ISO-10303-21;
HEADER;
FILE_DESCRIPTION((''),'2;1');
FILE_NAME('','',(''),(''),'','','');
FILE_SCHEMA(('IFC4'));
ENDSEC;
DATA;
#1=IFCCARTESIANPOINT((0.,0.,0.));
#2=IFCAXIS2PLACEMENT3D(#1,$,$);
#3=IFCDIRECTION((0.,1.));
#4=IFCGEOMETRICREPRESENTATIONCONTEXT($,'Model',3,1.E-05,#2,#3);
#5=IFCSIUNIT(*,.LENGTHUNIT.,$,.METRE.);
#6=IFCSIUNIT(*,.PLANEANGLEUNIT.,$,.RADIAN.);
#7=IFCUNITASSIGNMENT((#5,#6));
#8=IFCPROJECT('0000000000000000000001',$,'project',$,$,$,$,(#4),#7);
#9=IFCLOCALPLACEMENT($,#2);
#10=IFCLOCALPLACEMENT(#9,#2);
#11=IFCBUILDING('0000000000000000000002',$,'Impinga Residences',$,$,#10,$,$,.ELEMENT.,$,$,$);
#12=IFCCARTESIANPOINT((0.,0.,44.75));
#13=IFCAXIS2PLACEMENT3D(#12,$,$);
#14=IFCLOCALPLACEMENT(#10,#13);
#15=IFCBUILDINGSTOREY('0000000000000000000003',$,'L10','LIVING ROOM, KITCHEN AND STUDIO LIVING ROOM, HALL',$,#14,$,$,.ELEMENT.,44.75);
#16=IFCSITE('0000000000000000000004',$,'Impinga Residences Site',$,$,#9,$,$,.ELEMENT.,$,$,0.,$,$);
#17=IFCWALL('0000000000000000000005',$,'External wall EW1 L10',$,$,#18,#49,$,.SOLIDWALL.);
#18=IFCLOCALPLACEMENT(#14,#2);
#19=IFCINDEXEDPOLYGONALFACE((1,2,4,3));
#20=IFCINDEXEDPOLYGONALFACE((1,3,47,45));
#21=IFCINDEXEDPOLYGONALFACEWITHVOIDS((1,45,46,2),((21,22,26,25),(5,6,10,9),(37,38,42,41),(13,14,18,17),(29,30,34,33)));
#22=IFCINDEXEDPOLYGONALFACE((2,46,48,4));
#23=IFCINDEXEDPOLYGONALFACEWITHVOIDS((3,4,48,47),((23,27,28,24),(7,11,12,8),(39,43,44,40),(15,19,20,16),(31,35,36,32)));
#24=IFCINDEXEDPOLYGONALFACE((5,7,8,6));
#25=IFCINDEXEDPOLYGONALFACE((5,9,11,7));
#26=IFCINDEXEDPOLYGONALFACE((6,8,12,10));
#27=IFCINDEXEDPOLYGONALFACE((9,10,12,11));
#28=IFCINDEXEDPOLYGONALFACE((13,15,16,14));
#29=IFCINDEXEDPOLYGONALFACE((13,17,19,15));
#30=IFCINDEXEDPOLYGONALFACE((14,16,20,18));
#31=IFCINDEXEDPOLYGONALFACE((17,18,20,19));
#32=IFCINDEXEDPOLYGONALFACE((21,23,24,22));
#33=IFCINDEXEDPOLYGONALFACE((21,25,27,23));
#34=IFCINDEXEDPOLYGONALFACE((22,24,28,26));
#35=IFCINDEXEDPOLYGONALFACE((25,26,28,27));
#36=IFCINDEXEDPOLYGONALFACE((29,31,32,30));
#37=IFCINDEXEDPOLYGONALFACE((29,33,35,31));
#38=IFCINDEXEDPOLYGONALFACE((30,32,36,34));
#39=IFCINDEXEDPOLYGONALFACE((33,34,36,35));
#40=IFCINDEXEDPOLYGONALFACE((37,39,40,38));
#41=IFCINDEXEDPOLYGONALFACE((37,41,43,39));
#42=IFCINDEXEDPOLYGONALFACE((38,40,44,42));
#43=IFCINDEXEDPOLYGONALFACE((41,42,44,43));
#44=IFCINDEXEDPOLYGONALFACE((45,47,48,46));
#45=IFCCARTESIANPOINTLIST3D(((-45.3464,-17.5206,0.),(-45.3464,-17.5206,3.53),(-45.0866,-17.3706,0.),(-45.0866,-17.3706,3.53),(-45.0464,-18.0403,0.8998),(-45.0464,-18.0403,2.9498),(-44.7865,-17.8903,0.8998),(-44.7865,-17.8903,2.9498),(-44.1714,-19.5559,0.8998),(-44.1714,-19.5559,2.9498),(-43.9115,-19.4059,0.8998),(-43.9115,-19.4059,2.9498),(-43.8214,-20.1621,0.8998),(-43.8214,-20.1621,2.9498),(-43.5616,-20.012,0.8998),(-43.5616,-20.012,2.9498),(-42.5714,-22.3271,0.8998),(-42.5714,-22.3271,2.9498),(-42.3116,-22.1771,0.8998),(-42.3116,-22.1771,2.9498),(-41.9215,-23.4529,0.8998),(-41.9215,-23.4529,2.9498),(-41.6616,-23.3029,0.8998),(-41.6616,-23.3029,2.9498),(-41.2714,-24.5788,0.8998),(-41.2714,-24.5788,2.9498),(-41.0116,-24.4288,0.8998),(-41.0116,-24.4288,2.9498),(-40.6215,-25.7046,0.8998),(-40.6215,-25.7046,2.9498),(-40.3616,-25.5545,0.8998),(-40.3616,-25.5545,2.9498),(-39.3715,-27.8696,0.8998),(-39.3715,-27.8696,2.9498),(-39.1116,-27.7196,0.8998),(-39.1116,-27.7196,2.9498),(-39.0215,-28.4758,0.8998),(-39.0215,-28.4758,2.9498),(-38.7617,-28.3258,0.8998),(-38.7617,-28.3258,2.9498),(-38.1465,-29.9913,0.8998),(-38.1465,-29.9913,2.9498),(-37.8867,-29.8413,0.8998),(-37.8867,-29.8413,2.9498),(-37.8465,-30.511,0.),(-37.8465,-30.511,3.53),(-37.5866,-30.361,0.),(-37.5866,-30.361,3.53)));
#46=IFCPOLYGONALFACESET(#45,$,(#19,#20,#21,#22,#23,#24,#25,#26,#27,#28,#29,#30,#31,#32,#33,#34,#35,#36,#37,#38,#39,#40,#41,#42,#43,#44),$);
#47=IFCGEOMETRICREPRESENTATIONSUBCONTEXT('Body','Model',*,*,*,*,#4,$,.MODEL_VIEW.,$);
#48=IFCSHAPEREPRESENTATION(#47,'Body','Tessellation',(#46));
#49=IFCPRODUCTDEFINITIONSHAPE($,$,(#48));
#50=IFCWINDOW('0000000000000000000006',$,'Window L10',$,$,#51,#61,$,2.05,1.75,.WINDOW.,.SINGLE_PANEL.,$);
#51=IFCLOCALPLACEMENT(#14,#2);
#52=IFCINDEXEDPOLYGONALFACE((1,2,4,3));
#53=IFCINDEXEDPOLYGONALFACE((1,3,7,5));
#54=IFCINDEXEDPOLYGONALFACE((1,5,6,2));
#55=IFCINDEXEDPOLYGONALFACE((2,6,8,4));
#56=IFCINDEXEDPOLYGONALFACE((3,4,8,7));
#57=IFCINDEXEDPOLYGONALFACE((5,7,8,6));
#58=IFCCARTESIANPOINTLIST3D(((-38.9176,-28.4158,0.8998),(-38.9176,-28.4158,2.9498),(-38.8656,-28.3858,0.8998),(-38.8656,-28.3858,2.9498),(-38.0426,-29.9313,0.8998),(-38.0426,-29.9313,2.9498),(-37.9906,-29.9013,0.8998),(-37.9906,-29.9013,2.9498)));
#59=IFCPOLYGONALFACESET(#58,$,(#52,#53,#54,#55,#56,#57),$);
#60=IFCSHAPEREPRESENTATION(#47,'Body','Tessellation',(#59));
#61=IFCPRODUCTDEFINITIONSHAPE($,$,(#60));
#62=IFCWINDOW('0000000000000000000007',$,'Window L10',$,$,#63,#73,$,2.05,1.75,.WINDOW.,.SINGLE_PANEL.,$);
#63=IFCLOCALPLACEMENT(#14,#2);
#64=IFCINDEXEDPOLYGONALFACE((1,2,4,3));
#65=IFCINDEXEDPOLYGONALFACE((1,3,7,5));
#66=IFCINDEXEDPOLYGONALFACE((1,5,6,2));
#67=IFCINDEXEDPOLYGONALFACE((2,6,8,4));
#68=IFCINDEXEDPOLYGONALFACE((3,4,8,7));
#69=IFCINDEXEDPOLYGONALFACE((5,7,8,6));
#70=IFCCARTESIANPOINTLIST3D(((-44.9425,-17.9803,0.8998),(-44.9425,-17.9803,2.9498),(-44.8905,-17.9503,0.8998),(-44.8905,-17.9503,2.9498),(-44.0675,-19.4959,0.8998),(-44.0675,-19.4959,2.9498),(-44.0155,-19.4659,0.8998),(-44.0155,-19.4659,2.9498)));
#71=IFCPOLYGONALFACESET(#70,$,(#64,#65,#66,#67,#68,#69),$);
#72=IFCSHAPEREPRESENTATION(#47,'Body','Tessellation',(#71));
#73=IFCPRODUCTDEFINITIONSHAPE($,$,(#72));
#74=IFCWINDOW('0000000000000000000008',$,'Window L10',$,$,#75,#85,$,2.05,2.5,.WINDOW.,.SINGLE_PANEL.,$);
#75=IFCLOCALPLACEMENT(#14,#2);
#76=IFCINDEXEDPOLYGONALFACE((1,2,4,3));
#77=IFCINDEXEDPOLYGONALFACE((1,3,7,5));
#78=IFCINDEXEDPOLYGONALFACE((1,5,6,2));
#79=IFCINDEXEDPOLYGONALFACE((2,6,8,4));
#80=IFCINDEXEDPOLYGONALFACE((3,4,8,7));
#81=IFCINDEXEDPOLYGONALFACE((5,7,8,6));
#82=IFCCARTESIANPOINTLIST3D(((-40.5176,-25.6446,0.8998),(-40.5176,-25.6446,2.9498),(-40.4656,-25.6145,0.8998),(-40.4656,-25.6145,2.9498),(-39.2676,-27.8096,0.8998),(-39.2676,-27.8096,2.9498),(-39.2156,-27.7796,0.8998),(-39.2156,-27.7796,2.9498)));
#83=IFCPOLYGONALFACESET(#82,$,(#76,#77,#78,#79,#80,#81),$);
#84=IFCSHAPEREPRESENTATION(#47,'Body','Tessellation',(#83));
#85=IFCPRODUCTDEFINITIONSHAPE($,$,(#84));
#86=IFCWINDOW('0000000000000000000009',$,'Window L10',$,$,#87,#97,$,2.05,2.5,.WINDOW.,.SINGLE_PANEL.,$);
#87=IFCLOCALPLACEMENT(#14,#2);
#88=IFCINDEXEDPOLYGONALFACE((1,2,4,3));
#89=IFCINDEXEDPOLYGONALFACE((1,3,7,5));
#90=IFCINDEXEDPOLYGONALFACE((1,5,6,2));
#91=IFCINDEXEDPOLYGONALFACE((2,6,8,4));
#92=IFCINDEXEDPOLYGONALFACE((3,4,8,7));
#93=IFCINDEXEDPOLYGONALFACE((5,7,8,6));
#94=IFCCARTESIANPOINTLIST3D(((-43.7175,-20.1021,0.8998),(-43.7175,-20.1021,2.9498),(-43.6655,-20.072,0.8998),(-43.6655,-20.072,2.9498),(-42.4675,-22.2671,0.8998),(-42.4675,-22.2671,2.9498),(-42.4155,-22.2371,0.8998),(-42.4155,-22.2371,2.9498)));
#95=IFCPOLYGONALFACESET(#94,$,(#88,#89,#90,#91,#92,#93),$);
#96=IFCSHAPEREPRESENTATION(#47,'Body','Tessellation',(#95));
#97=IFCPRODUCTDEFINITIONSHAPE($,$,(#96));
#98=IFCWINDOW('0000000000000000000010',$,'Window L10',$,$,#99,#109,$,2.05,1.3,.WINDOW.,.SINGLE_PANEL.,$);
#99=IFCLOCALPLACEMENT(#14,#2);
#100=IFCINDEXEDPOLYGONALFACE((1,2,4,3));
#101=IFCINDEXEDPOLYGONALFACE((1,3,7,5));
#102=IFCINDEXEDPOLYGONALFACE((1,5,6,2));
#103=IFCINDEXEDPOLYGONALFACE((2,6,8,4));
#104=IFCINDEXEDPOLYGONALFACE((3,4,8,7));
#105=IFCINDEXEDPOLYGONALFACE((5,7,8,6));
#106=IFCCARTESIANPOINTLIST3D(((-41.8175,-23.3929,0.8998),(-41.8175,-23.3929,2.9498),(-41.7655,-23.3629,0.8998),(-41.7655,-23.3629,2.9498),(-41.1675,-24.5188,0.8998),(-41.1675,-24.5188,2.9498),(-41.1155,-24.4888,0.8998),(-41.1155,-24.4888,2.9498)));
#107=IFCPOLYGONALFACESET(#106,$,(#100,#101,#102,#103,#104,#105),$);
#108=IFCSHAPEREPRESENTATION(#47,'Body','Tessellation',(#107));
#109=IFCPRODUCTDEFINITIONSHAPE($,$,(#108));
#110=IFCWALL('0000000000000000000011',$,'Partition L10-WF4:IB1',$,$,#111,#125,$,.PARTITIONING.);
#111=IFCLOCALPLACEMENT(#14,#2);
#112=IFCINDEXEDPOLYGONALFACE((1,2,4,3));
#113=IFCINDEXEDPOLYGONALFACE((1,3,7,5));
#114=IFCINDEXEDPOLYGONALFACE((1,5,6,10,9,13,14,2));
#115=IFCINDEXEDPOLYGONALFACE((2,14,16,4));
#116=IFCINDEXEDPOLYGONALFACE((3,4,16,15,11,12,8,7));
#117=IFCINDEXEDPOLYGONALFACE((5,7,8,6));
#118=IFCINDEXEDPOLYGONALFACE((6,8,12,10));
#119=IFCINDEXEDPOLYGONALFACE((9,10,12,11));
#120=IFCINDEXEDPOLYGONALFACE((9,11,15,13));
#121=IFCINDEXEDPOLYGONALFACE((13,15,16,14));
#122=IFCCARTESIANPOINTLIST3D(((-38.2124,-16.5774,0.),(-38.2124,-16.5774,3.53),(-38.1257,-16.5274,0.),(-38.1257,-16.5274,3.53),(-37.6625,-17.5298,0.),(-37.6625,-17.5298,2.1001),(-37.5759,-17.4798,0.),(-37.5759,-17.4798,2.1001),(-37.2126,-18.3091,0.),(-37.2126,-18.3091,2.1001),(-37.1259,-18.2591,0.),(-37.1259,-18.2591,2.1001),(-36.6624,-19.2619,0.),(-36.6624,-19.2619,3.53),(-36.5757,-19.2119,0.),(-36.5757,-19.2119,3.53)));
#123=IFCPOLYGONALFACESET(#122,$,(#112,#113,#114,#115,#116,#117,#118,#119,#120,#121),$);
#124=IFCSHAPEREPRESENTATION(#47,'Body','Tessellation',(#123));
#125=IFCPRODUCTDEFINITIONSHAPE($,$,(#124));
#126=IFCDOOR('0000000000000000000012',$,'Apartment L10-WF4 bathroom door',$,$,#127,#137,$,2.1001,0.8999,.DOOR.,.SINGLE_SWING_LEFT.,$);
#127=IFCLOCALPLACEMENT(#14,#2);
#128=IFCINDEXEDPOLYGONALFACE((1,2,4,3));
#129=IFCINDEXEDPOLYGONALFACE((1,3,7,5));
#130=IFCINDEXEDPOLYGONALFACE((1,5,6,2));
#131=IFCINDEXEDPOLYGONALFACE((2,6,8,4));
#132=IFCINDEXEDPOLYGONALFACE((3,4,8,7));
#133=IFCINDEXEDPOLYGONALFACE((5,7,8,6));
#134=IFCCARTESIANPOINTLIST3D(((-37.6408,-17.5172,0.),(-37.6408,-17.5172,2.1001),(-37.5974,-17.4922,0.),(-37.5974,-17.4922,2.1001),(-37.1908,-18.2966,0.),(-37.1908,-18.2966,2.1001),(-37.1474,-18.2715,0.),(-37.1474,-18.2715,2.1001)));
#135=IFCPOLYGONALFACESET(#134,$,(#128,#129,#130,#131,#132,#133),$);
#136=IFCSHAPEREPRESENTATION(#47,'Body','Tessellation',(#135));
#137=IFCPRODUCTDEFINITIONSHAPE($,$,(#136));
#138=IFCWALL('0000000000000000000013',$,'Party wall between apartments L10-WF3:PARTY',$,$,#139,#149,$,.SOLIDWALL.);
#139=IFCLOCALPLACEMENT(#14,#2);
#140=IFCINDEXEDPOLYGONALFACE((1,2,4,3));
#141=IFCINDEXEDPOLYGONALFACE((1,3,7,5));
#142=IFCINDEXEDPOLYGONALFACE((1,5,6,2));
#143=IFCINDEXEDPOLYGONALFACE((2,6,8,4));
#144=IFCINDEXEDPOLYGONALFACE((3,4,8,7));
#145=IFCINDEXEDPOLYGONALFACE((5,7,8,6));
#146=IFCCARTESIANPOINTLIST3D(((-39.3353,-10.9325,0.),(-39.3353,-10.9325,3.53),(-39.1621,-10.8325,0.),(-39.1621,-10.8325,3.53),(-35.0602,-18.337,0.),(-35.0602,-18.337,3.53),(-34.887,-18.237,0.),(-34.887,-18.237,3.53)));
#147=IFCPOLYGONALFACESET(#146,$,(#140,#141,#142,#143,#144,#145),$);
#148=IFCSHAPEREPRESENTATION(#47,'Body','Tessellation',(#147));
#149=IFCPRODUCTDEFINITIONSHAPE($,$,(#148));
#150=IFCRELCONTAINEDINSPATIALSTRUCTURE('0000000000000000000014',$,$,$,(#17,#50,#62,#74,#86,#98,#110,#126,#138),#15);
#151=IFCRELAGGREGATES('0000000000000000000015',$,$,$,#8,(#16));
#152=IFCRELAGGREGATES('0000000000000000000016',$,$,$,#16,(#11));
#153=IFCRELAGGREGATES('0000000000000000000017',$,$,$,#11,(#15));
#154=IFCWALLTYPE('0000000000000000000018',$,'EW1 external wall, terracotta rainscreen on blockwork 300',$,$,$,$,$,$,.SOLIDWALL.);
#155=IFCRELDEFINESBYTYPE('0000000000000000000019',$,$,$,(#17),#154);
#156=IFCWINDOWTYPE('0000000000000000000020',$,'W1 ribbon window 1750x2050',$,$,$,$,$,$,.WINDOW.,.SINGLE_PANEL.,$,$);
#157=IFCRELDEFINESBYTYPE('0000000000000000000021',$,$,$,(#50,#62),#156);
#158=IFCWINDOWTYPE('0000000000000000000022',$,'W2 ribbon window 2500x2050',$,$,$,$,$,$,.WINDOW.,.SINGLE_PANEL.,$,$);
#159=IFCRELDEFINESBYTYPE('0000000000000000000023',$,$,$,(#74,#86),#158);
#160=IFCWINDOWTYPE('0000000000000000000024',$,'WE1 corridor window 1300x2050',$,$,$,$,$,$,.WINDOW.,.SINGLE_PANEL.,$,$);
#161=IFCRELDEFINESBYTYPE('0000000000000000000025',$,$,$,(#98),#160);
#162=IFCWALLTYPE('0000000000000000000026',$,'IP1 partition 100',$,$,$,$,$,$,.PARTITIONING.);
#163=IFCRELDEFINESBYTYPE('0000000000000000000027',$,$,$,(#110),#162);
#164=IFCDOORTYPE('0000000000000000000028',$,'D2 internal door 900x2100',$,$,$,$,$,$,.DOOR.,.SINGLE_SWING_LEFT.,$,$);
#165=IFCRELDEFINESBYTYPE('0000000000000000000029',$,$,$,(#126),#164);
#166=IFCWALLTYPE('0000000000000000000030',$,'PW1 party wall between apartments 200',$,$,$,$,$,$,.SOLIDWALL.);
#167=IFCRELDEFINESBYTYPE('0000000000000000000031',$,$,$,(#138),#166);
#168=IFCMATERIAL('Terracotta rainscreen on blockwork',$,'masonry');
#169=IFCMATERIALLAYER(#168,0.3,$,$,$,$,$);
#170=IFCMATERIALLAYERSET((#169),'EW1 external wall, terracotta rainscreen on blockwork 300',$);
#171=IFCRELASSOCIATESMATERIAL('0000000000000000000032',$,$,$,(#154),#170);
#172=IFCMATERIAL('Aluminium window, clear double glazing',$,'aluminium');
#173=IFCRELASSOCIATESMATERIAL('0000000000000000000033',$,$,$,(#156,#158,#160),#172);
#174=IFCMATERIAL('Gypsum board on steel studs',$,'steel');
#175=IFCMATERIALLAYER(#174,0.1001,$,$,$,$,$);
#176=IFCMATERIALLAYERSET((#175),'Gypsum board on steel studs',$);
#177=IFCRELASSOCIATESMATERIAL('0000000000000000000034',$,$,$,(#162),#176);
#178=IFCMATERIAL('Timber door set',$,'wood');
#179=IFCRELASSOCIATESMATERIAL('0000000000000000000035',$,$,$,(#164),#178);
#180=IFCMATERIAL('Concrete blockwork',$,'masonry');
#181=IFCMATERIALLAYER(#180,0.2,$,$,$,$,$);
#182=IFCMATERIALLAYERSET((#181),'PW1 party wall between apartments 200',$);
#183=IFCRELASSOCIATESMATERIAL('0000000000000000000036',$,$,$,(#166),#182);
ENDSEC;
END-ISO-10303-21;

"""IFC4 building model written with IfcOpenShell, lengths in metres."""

from ifc_helpers import new_model, si_unit, direction, frame, frame_2d, origin, place, context, subcontext, project, spatial, rectangle, extrude, material, layer, layer_set, type_object, element, fill, save


model = new_model("IFC4")

# Units and contexts
model_context = context("Model", 3, precision=1e-05, world=origin(), true_north=direction((0.0, 1.0)))
body_context = subcontext(model_context, "Body", "Model", "MODEL_VIEW")
ifc_project = project(units=[si_unit("LENGTHUNIT", "METRE"), si_unit("PLANEANGLEUNIT", "RADIAN")], contexts=[model_context])

# Site, building, storey
site_placement = place(None, origin())
site = spatial("IfcSite", under=ifc_project, at=site_placement, Name="Impinga Residences Site", CompositionType="ELEMENT", RefElevation=0.0)
building_placement = place(site_placement, origin())
building = spatial("IfcBuilding", under=site, at=building_placement, Name="Impinga Residences", CompositionType="ELEMENT")
storey_placement = place(building_placement, frame((0.0, 0.0, 44.75)))
storey = spatial("IfcBuildingStorey", under=building, at=storey_placement, Name="L10", Description="LIVING ROOM, KITCHEN AND STUDIO LIVING ROOM, HALL", CompositionType="ELEMENT", Elevation=44.75)

# Shared definitions
ifc_material_1 = material(Name="Terracotta rainscreen on blockwork", Category="masonry")
ifc_layer_1 = layer(ifc_material_1, 0.3)
ifc_layer_set_1 = layer_set([ifc_layer_1], Name="EW1 external wall, terracotta rainscreen on blockwork 300")
wall_type_1 = type_object("IfcWallType", Name="EW1 external wall, terracotta rainscreen on blockwork 300", PredefinedType="SOLIDWALL", material=ifc_layer_set_1)

# Wall, openings, windows
wall_1_placement = place(storey_placement, frame((-37.7166, -30.436, 0.0), z_axis=(0.0, 0.0, 1.0), x_axis=(-0.499997, 0.866027, 0.0)))
wall_1 = element("IfcWall", 1, at=wall_1_placement, inside=storey, type_object=wall_type_1, Name="External wall EW1 L10", PredefinedType="SOLIDWALL", context=body_context, shape_type="SweptSolid", body=[
    extrude(rectangle(XDim=15.0, YDim=0.3, at=frame_2d((7.5, 0.0))), origin(), (0.0, 0.0, 1.0), 3.53),
])
opening_1_placement = place(wall_1_placement, frame((0.6001, 0.0, 0.8999)))
opening_1 = element("IfcOpeningElement", 2, at=opening_1_placement, cuts=wall_1, PredefinedType="OPENING", context=body_context, shape_type="SweptSolid", body=[
    extrude(rectangle(XDim=1.75, YDim=2.05, at=frame_2d((0.875, 1.0249))), frame((0.0, 0.1599, 0.0), z_axis=(0.0, -1.0, 0.0), x_axis=(1.0, 0.0, 0.0)), (0.0, 0.0, 1.0), 0.3201),
])
opening_2_placement = place(wall_1_placement, frame((3.05, 0.0, 0.8999)))
opening_2 = element("IfcOpeningElement", 3, at=opening_2_placement, cuts=wall_1, PredefinedType="OPENING", context=body_context, shape_type="SweptSolid", body=[
    extrude(rectangle(XDim=2.5, YDim=2.05, at=frame_2d((1.25, 1.0249))), frame((0.0, 0.1599, 0.0), z_axis=(0.0, -1.0, 0.0), x_axis=(1.0, 0.0, 0.0)), (0.0, 0.0, 1.0), 0.3201),
])
opening_3_placement = place(wall_1_placement, frame((6.8501, 0.0, 0.8999)))
opening_3 = element("IfcOpeningElement", 4, at=opening_3_placement, cuts=wall_1, PredefinedType="OPENING", context=body_context, shape_type="SweptSolid", body=[
    extrude(rectangle(XDim=1.3, YDim=2.05, at=frame_2d((0.6499, 1.0249))), frame((0.0, 0.1599, 0.0), z_axis=(0.0, -1.0, 0.0), x_axis=(1.0, 0.0, 0.0)), (0.0, 0.0, 1.0), 0.3201),
])
opening_4_placement = place(wall_1_placement, frame((9.45, 0.0, 0.8999)))
opening_4 = element("IfcOpeningElement", 5, at=opening_4_placement, cuts=wall_1, PredefinedType="OPENING", context=body_context, shape_type="SweptSolid", body=[
    extrude(rectangle(XDim=2.5, YDim=2.05, at=frame_2d((1.25, 1.0249))), frame((0.0, 0.1599, 0.0), z_axis=(0.0, -1.0, 0.0), x_axis=(1.0, 0.0, 0.0)), (0.0, 0.0, 1.0), 0.3201),
])
opening_5_placement = place(wall_1_placement, frame((12.6499, 0.0, 0.8999)))
opening_5 = element("IfcOpeningElement", 6, at=opening_5_placement, cuts=wall_1, PredefinedType="OPENING", context=body_context, shape_type="SweptSolid", body=[
    extrude(rectangle(XDim=1.75, YDim=2.05, at=frame_2d((0.875, 1.0249))), frame((0.0, 0.1599, 0.0), z_axis=(0.0, -1.0, 0.0), x_axis=(1.0, 0.0, 0.0)), (0.0, 0.0, 1.0), 0.3201),
])
ifc_material_2 = material(Name="Aluminium window, clear double glazing", Category="aluminium")
window_type_1 = type_object("IfcWindowType", Name="W1 ribbon window 1750x2050", PartitioningType="SINGLE_PANEL", PredefinedType="WINDOW", material=ifc_material_2)
window_1_placement = place(opening_1_placement, origin())
window_1 = element("IfcWindow", 7, at=window_1_placement, inside=storey, type_object=window_type_1, Name="Window L10", OverallHeight=2.05, OverallWidth=1.75, PartitioningType="SINGLE_PANEL", PredefinedType="WINDOW", context=body_context, shape_type="SweptSolid", body=[
    extrude(rectangle(XDim=1.75, YDim=2.05, at=frame_2d((0.875, 1.0249))), frame((0.0, 0.03, 0.0), z_axis=(0.0, -1.0, 0.0), x_axis=(1.0, 0.0, 0.0)), (0.0, 0.0, 1.0), 0.0601),
])
fill(opening_1, window_1)
window_2_placement = place(opening_5_placement, origin())
window_2 = element("IfcWindow", 8, at=window_2_placement, inside=storey, type_object=window_type_1, Name="Window L10", OverallHeight=2.05, OverallWidth=1.75, PartitioningType="SINGLE_PANEL", PredefinedType="WINDOW", context=body_context, shape_type="SweptSolid", body=[
    extrude(rectangle(XDim=1.75, YDim=2.05, at=frame_2d((0.875, 1.0249))), frame((0.0, 0.03, 0.0), z_axis=(0.0, -1.0, 0.0), x_axis=(1.0, 0.0, 0.0)), (0.0, 0.0, 1.0), 0.0601),
])
fill(opening_5, window_2)
window_type_2 = type_object("IfcWindowType", Name="W2 ribbon window 2500x2050", PartitioningType="SINGLE_PANEL", PredefinedType="WINDOW", material=ifc_material_2)
window_3_placement = place(opening_2_placement, origin())
window_3 = element("IfcWindow", 9, at=window_3_placement, inside=storey, type_object=window_type_2, Name="Window L10", OverallHeight=2.05, OverallWidth=2.5, PartitioningType="SINGLE_PANEL", PredefinedType="WINDOW", context=body_context, shape_type="SweptSolid", body=[
    extrude(rectangle(XDim=2.5, YDim=2.05, at=frame_2d((1.25, 1.0249))), frame((0.0, 0.03, 0.0), z_axis=(0.0, -1.0, 0.0), x_axis=(1.0, 0.0, 0.0)), (0.0, 0.0, 1.0), 0.0601),
])
fill(opening_2, window_3)
window_4_placement = place(opening_4_placement, origin())
window_4 = element("IfcWindow", 10, at=window_4_placement, inside=storey, type_object=window_type_2, Name="Window L10", OverallHeight=2.05, OverallWidth=2.5, PartitioningType="SINGLE_PANEL", PredefinedType="WINDOW", context=body_context, shape_type="SweptSolid", body=[
    extrude(rectangle(XDim=2.5, YDim=2.05, at=frame_2d((1.25, 1.0249))), frame((0.0, 0.03, 0.0), z_axis=(0.0, -1.0, 0.0), x_axis=(1.0, 0.0, 0.0)), (0.0, 0.0, 1.0), 0.0601),
])
fill(opening_4, window_4)
window_type_3 = type_object("IfcWindowType", Name="WE1 corridor window 1300x2050", PartitioningType="SINGLE_PANEL", PredefinedType="WINDOW", material=ifc_material_2)
window_5_placement = place(opening_3_placement, origin())
window_5 = element("IfcWindow", 11, at=window_5_placement, inside=storey, type_object=window_type_3, Name="Window L10", OverallHeight=2.05, OverallWidth=1.3, PartitioningType="SINGLE_PANEL", PredefinedType="WINDOW", context=body_context, shape_type="SweptSolid", body=[
    extrude(rectangle(XDim=1.3, YDim=2.05, at=frame_2d((0.6499, 1.0249))), frame((0.0, 0.03, 0.0), z_axis=(0.0, -1.0, 0.0), x_axis=(1.0, 0.0, 0.0)), (0.0, 0.0, 1.0), 0.0601),
])
fill(opening_3, window_5)

# Wall, opening, door
ifc_material_3 = material(Name="Gypsum board on steel studs", Category="steel")
ifc_layer_2 = layer(ifc_material_3, 0.1001)
ifc_layer_set_2 = layer_set([ifc_layer_2], Name="Gypsum board on steel studs")
wall_type_2 = type_object("IfcWallType", Name="IP1 partition 100", PredefinedType="PARTITIONING", material=ifc_layer_set_2)
wall_2_placement = place(storey_placement, frame((-36.6191, -19.2368, 0.0), z_axis=(0.0, 0.0, 1.0), x_axis=(-0.500027, 0.86601, 0.0)))
wall_2 = element("IfcWall", 12, at=wall_2_placement, inside=storey, type_object=wall_type_2, Name="Partition L10-WF4:IB1", PredefinedType="PARTITIONING", context=body_context, shape_type="SweptSolid", body=[
    extrude(rectangle(XDim=3.0999, YDim=0.1001, at=frame_2d((1.5498, 0.0))), origin(), (0.0, 0.0, 1.0), 3.53),
])
opening_6_placement = place(wall_2_placement, frame((1.1001, 0.0, 0.0)))
opening_6 = element("IfcOpeningElement", 13, at=opening_6_placement, cuts=wall_2, PredefinedType="OPENING", context=body_context, shape_type="SweptSolid", body=[
    extrude(rectangle(XDim=0.8999, YDim=2.1001, at=frame_2d((0.45, 1.05))), frame((0.0, 0.0601, 0.0), z_axis=(0.0, -1.0, 0.0), x_axis=(1.0, 0.0, 0.0)), (0.0, 0.0, 1.0), 0.1201),
])
ifc_material_4 = material(Name="Timber door set", Category="wood")
door_type = type_object("IfcDoorType", Name="D2 internal door 900x2100", OperationType="SINGLE_SWING_LEFT", PredefinedType="DOOR", material=ifc_material_4)
door_placement = place(opening_6_placement, origin())
door = element("IfcDoor", 14, at=door_placement, inside=storey, type_object=door_type, Name="Apartment L10-WF4 bathroom door", OperationType="SINGLE_SWING_LEFT", OverallHeight=2.1001, OverallWidth=0.8999, PredefinedType="DOOR", context=body_context, shape_type="SweptSolid", body=[
    extrude(rectangle(XDim=0.8999, YDim=2.1001, at=frame_2d((0.45, 1.05))), frame((0.0, 0.0249, 0.0), z_axis=(0.0, -1.0, 0.0), x_axis=(1.0, 0.0, 0.0)), (0.0, 0.0, 1.0), 0.05),
])
fill(opening_6, door)

# Wall
ifc_material_5 = material(Name="Concrete blockwork", Category="masonry")
ifc_layer_3 = layer(ifc_material_5, 0.2)
ifc_layer_set_3 = layer_set([ifc_layer_3], Name="PW1 party wall between apartments 200")
wall_type_3 = type_object("IfcWallType", Name="PW1 party wall between apartments 200", PredefinedType="SOLIDWALL", material=ifc_layer_set_3)
wall_3_placement = place(storey_placement, frame((-34.9736, -18.2869, 0.0), z_axis=(0.0, 0.0, 1.0), x_axis=(-0.500012, 0.866019, 0.0)))
element("IfcWall", 15, at=wall_3_placement, inside=storey, type_object=wall_type_3, Name="Party wall between apartments L10-WF3:PARTY", PredefinedType="SOLIDWALL", context=body_context, shape_type="SweptSolid", body=[
    extrude(rectangle(XDim=8.55, YDim=0.2, at=frame_2d((4.2749, 0.0))), origin(), (0.0, 0.0, 1.0), 3.53),
])

save(model, "model.ifc")
